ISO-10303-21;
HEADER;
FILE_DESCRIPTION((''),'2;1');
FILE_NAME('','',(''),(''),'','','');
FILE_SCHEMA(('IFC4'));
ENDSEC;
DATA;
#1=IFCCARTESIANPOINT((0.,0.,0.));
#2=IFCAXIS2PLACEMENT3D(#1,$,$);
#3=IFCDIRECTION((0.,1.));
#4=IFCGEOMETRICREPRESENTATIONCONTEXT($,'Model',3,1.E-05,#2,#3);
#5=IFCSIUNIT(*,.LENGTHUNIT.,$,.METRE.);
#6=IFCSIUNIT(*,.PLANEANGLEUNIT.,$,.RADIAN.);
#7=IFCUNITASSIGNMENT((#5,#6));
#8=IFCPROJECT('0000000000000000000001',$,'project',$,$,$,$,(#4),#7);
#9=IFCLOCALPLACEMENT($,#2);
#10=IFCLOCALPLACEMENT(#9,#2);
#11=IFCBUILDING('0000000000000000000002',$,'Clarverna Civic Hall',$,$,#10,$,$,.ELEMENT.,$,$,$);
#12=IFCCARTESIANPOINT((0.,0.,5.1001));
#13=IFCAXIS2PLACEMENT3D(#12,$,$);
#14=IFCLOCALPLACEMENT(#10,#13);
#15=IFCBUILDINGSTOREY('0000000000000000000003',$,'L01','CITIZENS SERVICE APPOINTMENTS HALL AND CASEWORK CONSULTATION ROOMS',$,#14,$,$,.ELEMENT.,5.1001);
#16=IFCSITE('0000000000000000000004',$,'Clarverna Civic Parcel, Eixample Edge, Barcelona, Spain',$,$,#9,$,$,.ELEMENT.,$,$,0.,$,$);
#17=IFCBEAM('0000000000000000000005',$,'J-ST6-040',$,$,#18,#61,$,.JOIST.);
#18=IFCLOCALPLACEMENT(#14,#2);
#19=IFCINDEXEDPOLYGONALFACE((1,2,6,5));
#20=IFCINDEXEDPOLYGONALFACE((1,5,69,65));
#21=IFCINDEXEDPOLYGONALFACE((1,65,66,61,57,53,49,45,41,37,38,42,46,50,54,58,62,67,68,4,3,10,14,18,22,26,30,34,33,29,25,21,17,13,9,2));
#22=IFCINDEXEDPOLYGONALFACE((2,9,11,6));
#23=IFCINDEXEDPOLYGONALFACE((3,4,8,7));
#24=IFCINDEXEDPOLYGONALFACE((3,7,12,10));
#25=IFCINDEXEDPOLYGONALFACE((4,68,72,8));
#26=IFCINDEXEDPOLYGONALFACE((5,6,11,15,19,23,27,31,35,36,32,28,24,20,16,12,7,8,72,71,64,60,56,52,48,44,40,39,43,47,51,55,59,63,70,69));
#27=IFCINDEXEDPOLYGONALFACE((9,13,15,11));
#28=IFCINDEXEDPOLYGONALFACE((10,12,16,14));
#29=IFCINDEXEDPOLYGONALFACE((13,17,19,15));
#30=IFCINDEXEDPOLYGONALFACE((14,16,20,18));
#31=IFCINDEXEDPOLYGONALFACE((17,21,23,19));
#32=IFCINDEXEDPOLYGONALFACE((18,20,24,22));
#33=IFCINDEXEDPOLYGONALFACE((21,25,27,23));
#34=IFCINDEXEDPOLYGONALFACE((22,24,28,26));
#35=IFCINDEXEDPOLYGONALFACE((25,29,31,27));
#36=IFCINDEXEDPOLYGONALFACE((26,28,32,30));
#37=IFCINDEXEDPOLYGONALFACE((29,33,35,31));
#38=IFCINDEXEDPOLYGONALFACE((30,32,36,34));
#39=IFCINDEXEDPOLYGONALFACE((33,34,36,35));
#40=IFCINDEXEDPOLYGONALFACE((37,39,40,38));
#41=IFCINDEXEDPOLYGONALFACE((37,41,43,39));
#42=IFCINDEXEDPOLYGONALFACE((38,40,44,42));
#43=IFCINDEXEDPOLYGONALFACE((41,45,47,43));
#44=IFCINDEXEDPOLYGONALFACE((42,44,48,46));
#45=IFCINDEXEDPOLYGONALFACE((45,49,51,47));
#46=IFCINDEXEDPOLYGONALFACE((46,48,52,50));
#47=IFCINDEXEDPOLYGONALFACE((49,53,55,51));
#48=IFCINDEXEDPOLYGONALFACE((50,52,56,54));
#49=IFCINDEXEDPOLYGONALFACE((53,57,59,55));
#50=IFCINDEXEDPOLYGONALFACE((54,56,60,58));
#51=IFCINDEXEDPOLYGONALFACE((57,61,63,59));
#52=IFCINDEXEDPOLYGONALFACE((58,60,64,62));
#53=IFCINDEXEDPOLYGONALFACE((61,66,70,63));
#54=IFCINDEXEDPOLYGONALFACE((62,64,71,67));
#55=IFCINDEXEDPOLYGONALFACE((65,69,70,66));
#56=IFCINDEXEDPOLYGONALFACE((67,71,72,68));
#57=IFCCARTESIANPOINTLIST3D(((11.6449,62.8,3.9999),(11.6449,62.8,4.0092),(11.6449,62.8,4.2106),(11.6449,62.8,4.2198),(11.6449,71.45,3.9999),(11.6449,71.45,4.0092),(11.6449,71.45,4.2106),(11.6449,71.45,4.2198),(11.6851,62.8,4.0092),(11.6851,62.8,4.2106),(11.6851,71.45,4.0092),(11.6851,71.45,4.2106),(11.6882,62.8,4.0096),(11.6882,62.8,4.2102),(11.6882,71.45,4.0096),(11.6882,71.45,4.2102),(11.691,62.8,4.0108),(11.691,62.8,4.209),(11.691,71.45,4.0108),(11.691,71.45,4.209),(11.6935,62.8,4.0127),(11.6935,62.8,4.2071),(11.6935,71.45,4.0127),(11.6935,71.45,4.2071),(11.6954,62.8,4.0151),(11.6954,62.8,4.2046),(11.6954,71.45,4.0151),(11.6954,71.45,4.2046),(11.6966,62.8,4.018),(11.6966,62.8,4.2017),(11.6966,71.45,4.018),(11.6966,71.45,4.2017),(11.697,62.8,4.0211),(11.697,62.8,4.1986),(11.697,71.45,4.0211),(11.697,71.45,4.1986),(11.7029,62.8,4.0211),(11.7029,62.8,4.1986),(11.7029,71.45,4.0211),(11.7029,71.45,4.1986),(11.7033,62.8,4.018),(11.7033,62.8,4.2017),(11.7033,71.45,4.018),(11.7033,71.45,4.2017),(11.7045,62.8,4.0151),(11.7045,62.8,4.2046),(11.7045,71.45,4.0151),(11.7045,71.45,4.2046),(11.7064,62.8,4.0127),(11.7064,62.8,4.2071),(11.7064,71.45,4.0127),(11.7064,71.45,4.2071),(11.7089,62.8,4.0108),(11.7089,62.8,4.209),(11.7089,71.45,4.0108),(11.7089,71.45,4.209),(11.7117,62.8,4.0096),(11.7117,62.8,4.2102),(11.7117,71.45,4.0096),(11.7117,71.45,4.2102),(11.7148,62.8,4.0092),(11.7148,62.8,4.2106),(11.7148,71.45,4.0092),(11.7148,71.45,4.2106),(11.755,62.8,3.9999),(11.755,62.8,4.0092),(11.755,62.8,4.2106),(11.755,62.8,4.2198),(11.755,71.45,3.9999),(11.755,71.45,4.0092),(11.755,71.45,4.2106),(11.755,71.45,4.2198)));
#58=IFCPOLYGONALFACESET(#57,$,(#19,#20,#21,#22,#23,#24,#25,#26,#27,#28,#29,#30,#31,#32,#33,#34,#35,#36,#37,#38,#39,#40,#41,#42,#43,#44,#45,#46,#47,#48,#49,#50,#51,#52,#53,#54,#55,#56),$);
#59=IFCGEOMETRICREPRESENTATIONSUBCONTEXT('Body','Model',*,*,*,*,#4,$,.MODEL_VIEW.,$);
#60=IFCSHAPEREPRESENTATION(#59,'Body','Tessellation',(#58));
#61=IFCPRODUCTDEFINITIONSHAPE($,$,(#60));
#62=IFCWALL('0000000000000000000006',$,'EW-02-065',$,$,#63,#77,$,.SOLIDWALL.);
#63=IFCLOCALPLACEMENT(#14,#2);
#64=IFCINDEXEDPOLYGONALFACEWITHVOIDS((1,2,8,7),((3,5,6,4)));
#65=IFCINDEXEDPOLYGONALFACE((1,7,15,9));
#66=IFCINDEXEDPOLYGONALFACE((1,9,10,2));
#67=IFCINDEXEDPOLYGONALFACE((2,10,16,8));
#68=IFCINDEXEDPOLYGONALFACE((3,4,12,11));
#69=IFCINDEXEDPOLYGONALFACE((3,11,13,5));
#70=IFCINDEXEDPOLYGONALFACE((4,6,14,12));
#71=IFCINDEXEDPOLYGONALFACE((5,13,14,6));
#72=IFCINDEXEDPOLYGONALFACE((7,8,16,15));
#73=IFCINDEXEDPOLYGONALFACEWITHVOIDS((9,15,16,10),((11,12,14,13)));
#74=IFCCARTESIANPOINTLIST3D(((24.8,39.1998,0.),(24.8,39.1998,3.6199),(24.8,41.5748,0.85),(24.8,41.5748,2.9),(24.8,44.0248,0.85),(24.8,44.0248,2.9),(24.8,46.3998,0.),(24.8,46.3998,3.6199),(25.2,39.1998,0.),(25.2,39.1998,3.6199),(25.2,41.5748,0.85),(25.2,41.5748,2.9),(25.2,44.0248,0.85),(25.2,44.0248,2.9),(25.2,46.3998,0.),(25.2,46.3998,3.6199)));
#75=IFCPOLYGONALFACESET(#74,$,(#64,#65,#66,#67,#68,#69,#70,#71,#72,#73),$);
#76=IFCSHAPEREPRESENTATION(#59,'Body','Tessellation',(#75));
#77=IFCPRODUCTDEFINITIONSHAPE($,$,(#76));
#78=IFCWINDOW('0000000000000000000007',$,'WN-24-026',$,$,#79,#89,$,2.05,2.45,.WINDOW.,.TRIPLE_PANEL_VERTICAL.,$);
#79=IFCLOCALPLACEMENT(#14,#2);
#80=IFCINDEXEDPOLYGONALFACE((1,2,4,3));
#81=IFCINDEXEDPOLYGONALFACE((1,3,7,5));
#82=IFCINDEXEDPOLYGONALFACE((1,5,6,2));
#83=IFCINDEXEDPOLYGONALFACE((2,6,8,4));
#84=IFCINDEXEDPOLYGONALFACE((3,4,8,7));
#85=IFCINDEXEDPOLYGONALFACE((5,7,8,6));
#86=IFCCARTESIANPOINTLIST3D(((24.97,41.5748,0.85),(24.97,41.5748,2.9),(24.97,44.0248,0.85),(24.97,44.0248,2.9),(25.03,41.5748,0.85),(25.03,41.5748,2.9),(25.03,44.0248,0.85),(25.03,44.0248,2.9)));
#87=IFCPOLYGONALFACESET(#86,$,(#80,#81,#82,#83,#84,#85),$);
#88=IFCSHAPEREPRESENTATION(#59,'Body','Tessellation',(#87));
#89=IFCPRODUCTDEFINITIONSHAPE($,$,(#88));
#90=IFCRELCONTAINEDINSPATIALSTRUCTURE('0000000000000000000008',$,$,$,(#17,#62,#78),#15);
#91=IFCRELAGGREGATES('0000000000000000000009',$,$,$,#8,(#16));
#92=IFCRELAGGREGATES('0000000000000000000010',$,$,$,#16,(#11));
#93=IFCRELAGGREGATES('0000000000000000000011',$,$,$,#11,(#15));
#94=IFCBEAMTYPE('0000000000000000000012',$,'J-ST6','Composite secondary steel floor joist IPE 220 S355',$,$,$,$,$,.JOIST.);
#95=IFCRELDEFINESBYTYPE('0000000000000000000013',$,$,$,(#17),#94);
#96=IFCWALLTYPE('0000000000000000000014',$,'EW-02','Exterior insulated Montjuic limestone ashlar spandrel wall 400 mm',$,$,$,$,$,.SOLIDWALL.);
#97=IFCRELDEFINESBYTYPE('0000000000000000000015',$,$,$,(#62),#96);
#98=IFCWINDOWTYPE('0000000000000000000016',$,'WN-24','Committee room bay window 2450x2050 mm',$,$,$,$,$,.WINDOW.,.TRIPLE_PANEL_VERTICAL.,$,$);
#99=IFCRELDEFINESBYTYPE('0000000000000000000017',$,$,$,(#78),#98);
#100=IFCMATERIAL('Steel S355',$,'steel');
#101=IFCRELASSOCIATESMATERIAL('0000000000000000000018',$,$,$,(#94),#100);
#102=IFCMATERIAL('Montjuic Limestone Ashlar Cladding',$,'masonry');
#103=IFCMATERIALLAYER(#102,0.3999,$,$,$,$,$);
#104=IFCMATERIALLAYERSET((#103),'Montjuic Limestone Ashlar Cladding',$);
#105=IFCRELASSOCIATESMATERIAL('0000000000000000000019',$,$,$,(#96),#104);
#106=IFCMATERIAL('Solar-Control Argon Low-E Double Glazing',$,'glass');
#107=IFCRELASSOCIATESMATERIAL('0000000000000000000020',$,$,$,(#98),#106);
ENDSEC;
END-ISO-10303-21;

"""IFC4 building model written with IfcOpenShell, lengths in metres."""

from ifc_helpers import new_model, si_unit, direction, frame, frame_2d, origin, origin_2d, place, context, subcontext, project, spatial, rectangle, i_section, extrude, material, layer, layer_set, material_profile, profile_set, type_object, element, fill, save


model = new_model("IFC4")

# Units and contexts
model_context = context("Model", 3, precision=1e-05, world=origin(), true_north=direction((0.0, 1.0)))
body_context = subcontext(model_context, "Body", "Model", "MODEL_VIEW")
ifc_project = project(units=[si_unit("LENGTHUNIT", "METRE"), si_unit("PLANEANGLEUNIT", "RADIAN")], contexts=[model_context])

# Site, building, storey
site_placement = place(None, origin())
site = spatial("IfcSite", under=ifc_project, at=site_placement, Name="Clarverna Civic Parcel, Eixample Edge, Barcelona, Spain", CompositionType="ELEMENT", RefElevation=0.0)
building_placement = place(site_placement, origin())
building = spatial("IfcBuilding", under=site, at=building_placement, Name="Clarverna Civic Hall", CompositionType="ELEMENT")
storey_placement = place(building_placement, frame((0.0, 0.0, 5.1001)))
storey = spatial("IfcBuildingStorey", under=building, at=storey_placement, Name="L01", Description="CITIZENS SERVICE APPOINTMENTS HALL AND CASEWORK CONSULTATION ROOMS", CompositionType="ELEMENT", Elevation=5.1001)

# Beam
ifc_material_1 = material(Name="Steel S355", Category="steel")
ifc_material_profile_1 = material_profile(ifc_material_1, i_section(OverallWidth=0.1101, OverallDepth=0.22, WebThickness=0.0059, FlangeThickness=0.0093, FilletRadius=0.012, at=origin_2d()), Name="IPE 220")
ifc_profile_set_1 = profile_set([ifc_material_profile_1], Name="Steel S355")
beam_type_1 = type_object("IfcBeamType", Name="J-ST6", Description="Composite secondary steel floor joist IPE 220 S355", PredefinedType="JOIST", material=ifc_profile_set_1)
beam_1_placement = place(storey_placement, frame((11.7, 62.8, 4.1099), z_axis=(0.0, 1.0, 0.0), x_axis=(-1.0, 0.0, 0.0)))
element("IfcBeam", 1, at=beam_1_placement, inside=storey, type_object=beam_type_1, Name="J-ST6-040", PredefinedType="JOIST", context=body_context, shape_type="SweptSolid", body=[
    extrude(i_section(OverallWidth=0.1101, OverallDepth=0.22, WebThickness=0.0059, FlangeThickness=0.0093, FilletRadius=0.012, at=origin_2d()), origin(), (0.0, 0.0, 1.0), 8.6499),
])

# Wall, opening, window
ifc_material_2 = material(Name="Montjuic Limestone Ashlar Cladding", Category="masonry")
ifc_layer = layer(ifc_material_2, 0.3999)
ifc_layer_set = layer_set([ifc_layer], Name="Montjuic Limestone Ashlar Cladding")
wall_type = type_object("IfcWallType", Name="EW-02", Description="Exterior insulated Montjuic limestone ashlar spandrel wall 400 mm", PredefinedType="SOLIDWALL", material=ifc_layer_set)
wall_placement = place(storey_placement, frame((25.0, 46.3999, 0.0), z_axis=(0.0, 0.0, 1.0), x_axis=(0.0, -1.0, 0.0)))
wall = element("IfcWall", 2, at=wall_placement, inside=storey, type_object=wall_type, Name="EW-02-065", PredefinedType="SOLIDWALL", context=body_context, shape_type="SweptSolid", body=[
    extrude(rectangle(XDim=7.2, YDim=0.3999, at=frame_2d((3.6001, 0.0))), origin(), (0.0, 0.0, 1.0), 3.6199),
])
opening_placement = place(wall_placement, frame((2.375, 0.0, 0.8501)))
opening = element("IfcOpeningElement", 3, at=opening_placement, cuts=wall, PredefinedType="OPENING", context=body_context, shape_type="SweptSolid", body=[
    extrude(rectangle(XDim=2.45, YDim=2.05, at=frame_2d((1.2251, 1.0249))), frame((0.0, 0.21, 0.0), z_axis=(0.0, -1.0, 0.0), x_axis=(1.0, 0.0, 0.0)), (0.0, 0.0, 1.0), 0.4199),
])
ifc_material_3 = material(Name="Solar-Control Argon Low-E Double Glazing", Category="glass")
window_type = type_object("IfcWindowType", Name="WN-24", Description="Committee room bay window 2450x2050 mm", PartitioningType="TRIPLE_PANEL_VERTICAL", PredefinedType="WINDOW", material=ifc_material_3)
window_placement = place(opening_placement, origin())
window = element("IfcWindow", 4, at=window_placement, inside=storey, type_object=window_type, Name="WN-24-026", OverallHeight=2.05, OverallWidth=2.45, PartitioningType="TRIPLE_PANEL_VERTICAL", PredefinedType="WINDOW", context=body_context, shape_type="SweptSolid", body=[
    extrude(rectangle(XDim=2.45, YDim=2.05, at=frame_2d((1.2251, 1.0249))), frame((0.0, 0.03, 0.0), z_axis=(0.0, -1.0, 0.0), x_axis=(1.0, 0.0, 0.0)), (0.0, 0.0, 1.0), 0.0601),
])
fill(opening, window)

save(model, "model.ifc")
